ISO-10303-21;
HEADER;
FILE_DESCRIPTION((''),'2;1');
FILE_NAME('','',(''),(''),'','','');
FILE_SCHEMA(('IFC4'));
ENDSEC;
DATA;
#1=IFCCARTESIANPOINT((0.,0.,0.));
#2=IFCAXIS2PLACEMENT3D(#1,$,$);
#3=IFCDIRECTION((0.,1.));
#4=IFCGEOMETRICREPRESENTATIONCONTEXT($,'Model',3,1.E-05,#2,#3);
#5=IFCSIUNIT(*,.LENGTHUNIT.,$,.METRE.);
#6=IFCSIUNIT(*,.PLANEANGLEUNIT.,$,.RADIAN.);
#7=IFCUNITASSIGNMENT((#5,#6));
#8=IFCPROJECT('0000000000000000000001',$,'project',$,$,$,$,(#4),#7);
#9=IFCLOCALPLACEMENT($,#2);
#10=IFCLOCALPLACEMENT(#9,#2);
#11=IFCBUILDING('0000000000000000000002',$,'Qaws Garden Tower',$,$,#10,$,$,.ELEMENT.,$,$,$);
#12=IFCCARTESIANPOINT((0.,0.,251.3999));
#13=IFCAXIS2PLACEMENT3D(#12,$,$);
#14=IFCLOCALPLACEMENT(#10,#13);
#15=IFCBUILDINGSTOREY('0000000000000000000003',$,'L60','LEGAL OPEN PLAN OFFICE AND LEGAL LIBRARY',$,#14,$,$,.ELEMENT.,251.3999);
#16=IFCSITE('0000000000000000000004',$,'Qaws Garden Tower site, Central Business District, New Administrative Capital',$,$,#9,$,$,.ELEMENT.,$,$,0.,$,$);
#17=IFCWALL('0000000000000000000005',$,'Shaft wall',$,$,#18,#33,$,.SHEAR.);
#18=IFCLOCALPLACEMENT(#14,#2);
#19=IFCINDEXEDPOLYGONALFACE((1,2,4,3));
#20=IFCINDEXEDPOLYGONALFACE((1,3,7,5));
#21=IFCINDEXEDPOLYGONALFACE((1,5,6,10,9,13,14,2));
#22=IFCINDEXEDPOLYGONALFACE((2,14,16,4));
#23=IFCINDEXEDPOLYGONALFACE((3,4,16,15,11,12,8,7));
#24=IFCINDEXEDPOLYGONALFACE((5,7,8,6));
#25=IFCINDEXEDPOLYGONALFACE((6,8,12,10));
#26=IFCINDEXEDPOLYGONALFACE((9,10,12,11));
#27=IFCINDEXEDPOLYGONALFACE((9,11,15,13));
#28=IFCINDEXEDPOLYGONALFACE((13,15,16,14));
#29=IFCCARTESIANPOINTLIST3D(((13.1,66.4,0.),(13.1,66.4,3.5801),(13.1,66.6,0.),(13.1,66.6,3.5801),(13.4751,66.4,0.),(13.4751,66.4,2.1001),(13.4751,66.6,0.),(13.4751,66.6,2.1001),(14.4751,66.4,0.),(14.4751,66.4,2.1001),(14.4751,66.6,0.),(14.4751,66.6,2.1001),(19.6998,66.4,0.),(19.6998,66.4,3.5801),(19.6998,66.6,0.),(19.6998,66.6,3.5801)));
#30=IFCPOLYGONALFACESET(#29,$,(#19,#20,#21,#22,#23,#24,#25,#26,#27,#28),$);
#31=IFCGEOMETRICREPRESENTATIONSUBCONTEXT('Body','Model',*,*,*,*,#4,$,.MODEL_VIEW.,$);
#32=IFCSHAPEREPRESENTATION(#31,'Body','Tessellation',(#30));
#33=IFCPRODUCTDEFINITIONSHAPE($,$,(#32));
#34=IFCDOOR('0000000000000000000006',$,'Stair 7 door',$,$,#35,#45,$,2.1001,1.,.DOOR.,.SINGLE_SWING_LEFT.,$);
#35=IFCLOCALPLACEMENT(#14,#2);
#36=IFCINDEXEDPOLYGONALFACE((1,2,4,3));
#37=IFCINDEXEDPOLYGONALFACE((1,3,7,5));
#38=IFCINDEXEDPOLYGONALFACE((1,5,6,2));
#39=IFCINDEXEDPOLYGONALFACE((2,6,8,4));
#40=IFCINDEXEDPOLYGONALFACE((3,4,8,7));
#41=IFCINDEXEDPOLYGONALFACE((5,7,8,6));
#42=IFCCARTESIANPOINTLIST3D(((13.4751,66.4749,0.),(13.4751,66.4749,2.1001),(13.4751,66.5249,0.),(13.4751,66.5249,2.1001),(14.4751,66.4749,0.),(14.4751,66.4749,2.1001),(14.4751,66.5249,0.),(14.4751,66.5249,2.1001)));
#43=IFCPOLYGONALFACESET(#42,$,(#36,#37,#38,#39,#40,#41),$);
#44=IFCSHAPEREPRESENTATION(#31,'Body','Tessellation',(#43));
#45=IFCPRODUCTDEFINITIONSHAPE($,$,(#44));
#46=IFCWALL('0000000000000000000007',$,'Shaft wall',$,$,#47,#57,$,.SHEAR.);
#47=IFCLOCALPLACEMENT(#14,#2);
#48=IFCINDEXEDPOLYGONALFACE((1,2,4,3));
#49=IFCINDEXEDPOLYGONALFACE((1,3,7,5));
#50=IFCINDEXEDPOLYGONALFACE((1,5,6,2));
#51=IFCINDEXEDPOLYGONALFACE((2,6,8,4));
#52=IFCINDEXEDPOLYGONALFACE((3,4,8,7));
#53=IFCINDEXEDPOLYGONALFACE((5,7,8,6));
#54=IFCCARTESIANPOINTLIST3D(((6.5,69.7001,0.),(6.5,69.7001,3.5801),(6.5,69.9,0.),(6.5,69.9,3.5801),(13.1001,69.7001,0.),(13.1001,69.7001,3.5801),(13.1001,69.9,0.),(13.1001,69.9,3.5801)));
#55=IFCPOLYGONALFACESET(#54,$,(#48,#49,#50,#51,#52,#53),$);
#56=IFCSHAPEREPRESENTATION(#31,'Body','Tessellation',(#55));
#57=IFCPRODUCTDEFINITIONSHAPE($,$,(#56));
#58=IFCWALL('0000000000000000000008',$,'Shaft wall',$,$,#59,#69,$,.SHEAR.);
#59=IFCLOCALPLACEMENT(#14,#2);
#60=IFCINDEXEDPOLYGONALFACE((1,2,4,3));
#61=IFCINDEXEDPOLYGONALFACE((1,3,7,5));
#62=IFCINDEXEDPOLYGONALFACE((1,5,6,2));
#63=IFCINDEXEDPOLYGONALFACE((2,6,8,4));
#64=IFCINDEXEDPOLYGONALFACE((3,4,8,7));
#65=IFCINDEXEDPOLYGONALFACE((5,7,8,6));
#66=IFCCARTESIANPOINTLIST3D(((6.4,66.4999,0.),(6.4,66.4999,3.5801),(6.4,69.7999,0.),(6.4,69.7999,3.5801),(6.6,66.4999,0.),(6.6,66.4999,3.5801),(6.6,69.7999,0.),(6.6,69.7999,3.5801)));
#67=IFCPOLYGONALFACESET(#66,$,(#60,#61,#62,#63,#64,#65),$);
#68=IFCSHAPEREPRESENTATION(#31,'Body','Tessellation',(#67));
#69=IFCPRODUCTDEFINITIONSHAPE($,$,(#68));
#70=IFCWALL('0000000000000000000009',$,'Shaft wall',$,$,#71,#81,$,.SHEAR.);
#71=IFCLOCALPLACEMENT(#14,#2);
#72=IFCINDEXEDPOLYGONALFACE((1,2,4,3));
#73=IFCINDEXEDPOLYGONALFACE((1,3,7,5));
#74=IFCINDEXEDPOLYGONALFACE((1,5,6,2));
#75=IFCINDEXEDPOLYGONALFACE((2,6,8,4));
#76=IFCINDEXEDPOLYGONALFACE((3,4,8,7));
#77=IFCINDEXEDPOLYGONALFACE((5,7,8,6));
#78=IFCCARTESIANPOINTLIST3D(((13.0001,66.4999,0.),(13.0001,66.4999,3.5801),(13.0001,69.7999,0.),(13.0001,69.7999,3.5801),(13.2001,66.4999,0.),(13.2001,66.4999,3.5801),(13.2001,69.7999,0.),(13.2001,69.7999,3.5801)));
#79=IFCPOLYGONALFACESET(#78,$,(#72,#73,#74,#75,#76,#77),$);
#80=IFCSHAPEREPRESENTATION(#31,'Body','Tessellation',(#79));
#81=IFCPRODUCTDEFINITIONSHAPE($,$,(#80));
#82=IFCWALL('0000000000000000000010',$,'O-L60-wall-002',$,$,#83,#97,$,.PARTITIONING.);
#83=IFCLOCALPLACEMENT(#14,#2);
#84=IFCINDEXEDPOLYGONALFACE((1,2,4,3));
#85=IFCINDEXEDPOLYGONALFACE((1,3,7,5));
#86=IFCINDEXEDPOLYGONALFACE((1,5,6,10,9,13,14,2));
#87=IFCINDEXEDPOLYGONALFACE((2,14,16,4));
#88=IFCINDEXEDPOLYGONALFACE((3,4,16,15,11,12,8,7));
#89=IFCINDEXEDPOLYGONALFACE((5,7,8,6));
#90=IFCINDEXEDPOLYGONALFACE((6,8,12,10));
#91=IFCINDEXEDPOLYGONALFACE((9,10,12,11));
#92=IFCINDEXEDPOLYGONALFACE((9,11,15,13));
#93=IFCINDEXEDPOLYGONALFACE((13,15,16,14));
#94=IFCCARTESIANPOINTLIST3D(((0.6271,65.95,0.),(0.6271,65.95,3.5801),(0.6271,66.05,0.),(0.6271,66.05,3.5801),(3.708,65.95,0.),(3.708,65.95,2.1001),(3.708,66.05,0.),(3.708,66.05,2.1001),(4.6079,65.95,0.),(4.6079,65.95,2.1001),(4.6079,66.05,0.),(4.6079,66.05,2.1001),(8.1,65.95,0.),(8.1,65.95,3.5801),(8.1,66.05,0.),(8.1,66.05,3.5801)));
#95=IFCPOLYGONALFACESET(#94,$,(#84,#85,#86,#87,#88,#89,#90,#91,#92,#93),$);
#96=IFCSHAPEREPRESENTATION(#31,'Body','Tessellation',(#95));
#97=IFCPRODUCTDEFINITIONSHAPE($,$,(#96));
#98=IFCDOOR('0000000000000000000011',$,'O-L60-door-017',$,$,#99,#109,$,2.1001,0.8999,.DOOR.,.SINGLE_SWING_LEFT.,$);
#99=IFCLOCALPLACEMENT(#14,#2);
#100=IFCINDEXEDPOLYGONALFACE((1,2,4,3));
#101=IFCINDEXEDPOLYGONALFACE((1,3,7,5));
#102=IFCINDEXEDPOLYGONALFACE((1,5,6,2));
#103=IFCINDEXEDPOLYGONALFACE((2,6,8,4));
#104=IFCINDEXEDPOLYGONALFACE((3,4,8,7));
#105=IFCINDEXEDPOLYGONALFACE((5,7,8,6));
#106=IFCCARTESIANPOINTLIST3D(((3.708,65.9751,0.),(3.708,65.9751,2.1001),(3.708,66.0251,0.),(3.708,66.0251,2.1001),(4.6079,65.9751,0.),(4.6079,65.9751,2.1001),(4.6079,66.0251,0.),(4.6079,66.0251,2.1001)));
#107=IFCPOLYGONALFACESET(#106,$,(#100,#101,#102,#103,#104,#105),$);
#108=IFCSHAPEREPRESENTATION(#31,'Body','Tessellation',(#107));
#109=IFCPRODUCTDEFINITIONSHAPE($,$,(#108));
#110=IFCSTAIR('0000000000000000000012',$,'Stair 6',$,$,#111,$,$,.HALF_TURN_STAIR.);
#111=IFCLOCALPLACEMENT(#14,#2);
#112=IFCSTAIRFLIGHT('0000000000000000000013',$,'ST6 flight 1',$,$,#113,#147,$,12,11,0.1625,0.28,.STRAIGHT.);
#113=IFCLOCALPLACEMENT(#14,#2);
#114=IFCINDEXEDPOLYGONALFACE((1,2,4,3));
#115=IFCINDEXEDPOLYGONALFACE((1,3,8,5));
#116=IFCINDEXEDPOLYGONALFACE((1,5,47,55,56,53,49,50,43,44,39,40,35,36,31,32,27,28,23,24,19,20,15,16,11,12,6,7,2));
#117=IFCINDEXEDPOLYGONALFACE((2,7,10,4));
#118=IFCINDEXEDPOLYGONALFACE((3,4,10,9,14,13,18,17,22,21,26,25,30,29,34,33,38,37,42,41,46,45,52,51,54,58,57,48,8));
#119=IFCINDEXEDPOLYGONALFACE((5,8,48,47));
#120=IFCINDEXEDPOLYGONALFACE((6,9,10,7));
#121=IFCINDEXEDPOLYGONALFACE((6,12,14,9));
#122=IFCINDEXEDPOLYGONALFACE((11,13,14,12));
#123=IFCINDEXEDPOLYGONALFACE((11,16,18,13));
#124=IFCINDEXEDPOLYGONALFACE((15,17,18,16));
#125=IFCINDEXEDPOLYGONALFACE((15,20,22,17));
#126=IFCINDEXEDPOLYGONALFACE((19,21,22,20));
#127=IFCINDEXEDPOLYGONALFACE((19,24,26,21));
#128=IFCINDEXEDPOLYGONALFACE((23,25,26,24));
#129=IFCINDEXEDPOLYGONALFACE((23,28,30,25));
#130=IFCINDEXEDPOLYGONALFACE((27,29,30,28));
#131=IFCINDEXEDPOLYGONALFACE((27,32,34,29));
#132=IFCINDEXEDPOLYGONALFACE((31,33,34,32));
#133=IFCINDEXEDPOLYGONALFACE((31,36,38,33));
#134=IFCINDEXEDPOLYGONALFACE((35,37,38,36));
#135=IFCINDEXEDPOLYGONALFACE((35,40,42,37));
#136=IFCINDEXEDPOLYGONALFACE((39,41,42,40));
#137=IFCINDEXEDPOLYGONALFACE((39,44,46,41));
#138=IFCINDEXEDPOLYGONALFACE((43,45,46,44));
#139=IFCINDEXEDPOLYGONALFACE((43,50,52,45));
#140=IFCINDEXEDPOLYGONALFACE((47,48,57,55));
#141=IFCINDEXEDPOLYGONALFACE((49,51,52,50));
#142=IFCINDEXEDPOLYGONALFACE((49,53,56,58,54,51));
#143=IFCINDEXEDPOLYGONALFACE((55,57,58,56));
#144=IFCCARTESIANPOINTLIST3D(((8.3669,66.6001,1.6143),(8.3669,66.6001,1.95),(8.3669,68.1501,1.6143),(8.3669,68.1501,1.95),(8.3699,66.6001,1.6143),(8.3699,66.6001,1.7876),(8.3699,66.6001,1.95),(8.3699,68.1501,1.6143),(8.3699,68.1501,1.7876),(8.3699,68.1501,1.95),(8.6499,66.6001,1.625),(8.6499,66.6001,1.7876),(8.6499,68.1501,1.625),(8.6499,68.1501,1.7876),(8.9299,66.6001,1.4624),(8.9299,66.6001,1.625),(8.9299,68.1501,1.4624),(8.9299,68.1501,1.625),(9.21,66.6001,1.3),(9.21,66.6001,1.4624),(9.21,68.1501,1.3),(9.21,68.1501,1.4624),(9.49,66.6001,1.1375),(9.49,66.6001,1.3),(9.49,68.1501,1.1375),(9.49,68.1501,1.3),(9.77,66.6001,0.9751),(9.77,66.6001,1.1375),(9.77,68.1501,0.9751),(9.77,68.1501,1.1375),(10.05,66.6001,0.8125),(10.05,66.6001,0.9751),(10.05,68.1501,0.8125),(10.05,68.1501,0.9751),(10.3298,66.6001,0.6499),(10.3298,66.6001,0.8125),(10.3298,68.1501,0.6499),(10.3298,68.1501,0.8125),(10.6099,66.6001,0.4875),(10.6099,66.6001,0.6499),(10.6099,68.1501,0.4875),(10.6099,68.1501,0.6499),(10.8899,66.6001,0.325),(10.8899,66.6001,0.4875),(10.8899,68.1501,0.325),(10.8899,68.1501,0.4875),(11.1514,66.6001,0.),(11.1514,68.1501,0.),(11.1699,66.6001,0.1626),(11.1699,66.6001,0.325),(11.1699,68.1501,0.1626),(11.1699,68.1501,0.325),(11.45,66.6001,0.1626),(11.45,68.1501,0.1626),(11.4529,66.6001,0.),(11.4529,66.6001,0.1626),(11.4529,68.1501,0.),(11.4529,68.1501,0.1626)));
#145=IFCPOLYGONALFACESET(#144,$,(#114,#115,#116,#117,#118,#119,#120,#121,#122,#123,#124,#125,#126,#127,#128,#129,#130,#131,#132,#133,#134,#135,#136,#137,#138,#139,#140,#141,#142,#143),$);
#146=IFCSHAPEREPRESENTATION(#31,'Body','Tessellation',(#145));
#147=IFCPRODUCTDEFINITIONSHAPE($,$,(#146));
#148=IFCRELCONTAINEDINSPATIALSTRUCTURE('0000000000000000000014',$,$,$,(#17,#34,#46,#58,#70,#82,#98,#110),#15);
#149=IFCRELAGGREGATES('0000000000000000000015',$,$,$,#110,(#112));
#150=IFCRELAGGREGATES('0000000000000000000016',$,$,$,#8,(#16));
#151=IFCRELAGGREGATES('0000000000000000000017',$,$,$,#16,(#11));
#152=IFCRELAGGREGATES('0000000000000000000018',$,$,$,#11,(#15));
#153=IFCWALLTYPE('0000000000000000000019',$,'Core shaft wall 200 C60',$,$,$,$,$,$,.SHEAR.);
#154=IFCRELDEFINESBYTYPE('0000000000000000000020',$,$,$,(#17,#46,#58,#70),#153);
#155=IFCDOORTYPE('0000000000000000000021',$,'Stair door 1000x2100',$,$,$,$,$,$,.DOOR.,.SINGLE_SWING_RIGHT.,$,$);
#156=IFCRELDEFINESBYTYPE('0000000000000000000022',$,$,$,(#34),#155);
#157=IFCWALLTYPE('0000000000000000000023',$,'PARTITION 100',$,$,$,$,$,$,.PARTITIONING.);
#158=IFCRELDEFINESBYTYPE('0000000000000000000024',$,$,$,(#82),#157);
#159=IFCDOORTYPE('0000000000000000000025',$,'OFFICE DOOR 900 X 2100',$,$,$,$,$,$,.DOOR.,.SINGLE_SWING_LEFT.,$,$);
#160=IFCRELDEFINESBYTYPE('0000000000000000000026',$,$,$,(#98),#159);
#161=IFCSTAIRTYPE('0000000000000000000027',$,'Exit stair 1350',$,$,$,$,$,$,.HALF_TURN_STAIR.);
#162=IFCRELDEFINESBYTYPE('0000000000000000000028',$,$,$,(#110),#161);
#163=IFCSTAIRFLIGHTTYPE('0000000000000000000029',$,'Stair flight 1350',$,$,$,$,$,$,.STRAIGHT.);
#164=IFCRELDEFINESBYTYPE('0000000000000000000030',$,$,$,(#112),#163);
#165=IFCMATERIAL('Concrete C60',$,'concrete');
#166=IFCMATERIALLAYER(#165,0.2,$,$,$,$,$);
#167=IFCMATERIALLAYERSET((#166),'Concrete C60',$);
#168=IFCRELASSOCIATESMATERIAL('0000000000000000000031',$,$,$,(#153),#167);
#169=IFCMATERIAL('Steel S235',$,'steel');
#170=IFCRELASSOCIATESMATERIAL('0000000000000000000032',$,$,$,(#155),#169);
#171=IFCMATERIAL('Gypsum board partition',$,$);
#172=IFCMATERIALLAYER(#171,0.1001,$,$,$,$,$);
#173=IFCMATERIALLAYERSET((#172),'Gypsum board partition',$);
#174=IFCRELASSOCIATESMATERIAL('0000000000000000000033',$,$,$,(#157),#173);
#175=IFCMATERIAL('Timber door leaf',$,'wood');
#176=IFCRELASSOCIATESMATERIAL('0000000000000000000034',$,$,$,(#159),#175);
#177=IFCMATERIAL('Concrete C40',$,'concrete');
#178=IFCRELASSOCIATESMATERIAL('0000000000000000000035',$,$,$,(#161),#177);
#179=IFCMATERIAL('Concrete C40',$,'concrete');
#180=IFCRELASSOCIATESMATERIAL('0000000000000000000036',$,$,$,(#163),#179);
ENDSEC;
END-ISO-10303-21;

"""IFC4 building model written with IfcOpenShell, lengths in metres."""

from ifc_helpers import new_model, si_unit, direction, frame, frame_2d, origin, place, context, subcontext, project, spatial, polyline, rectangle, outline, extrude, material, layer, layer_set, type_object, element, fill, aggregate, save


model = new_model("IFC4")

# Units and contexts
model_context = context("Model", 3, precision=1e-05, world=origin(), true_north=direction((0.0, 1.0)))
body_context = subcontext(model_context, "Body", "Model", "MODEL_VIEW")
ifc_project = project(units=[si_unit("LENGTHUNIT", "METRE"), si_unit("PLANEANGLEUNIT", "RADIAN")], contexts=[model_context])

# Site, building, storey
site_placement = place(None, origin())
site = spatial("IfcSite", under=ifc_project, at=site_placement, Name="Qaws Garden Tower site, Central Business District, New Administrative Capital", CompositionType="ELEMENT", RefElevation=0.0)
building_placement = place(site_placement, origin())
building = spatial("IfcBuilding", under=site, at=building_placement, Name="Qaws Garden Tower", CompositionType="ELEMENT")
storey_placement = place(building_placement, frame((0.0, 0.0, 251.3999)))
storey = spatial("IfcBuildingStorey", under=building, at=storey_placement, Name="L60", Description="LEGAL OPEN PLAN OFFICE AND LEGAL LIBRARY", CompositionType="ELEMENT", Elevation=251.3999)

# Wall, opening, door
ifc_material_1 = material(Name="Concrete C60", Category="concrete")
ifc_layer_1 = layer(ifc_material_1, 0.2)
ifc_layer_set_1 = layer_set([ifc_layer_1], Name="Concrete C60")
wall_type_1 = type_object("IfcWallType", Name="Core shaft wall 200 C60", PredefinedType="SHEAR", material=ifc_layer_set_1)
ifc_material_2 = material(Name="Steel S235", Category="steel")
door_type_1 = type_object("IfcDoorType", Name="Stair door 1000x2100", OperationType="SINGLE_SWING_RIGHT", PredefinedType="DOOR", material=ifc_material_2)
wall_1_placement = place(storey_placement, frame((13.1001, 66.5, 0.0), z_axis=(0.0, 0.0, 1.0), x_axis=(1.0, 0.0, 0.0)))
wall_1 = element("IfcWall", 1, at=wall_1_placement, inside=storey, type_object=wall_type_1, Name="Shaft wall", PredefinedType="SHEAR", context=body_context, shape_type="SweptSolid", body=[
    extrude(rectangle(XDim=6.5999, YDim=0.2, at=frame_2d((3.2998, 0.0))), origin(), (0.0, 0.0, 1.0), 3.5801),
])
opening_1_placement = place(wall_1_placement, frame((0.375, 0.0, 0.0)))
opening_1 = element("IfcOpeningElement", 2, at=opening_1_placement, cuts=wall_1, PredefinedType="OPENING", context=body_context, shape_type="SweptSolid", body=[
    extrude(rectangle(XDim=1.0, YDim=2.1001, at=frame_2d((0.5, 1.05))), frame((0.0, 0.1099, 0.0), z_axis=(0.0, -1.0, 0.0), x_axis=(1.0, 0.0, 0.0)), (0.0, 0.0, 1.0), 0.22),
])
door_1_placement = place(opening_1_placement, origin())
door_1 = element("IfcDoor", 3, at=door_1_placement, inside=storey, type_object=door_type_1, Name="Stair 7 door", OperationType="SINGLE_SWING_LEFT", OverallHeight=2.1001, OverallWidth=1.0, PredefinedType="DOOR", context=body_context, shape_type="SweptSolid", body=[
    extrude(rectangle(XDim=1.0, YDim=2.1001, at=frame_2d((0.5, 1.05))), frame((0.0, 0.0249, 0.0), z_axis=(0.0, -1.0, 0.0), x_axis=(1.0, 0.0, 0.0)), (0.0, 0.0, 1.0), 0.05),
])
fill(opening_1, door_1)

# Walls
wall_2_placement = place(storey_placement, frame((6.5, 69.8, 0.0), z_axis=(0.0, 0.0, 1.0), x_axis=(1.0, 0.0, 0.0)))
element("IfcWall", 4, at=wall_2_placement, inside=storey, type_object=wall_type_1, Name="Shaft wall", PredefinedType="SHEAR", context=body_context, shape_type="SweptSolid", body=[
    extrude(rectangle(XDim=6.6001, YDim=0.2, at=frame_2d((3.3, 0.0))), origin(), (0.0, 0.0, 1.0), 3.5801),
])
for number, where, z_axis, x_axis, name in (
    (5, (6.5, 66.5, 0.0), (0.0, 0.0, 1.0), (0.0, 1.0, 0.0), "Shaft wall"),
    (6, (13.1001, 66.5, 0.0), (0.0, 0.0, 1.0), (0.0, 1.0, 0.0), "Shaft wall"),
):
    element("IfcWall", number, at=place(storey_placement, frame(where, z_axis=z_axis, x_axis=x_axis)), inside=storey, type_object=wall_type_1, Name=name, PredefinedType="SHEAR", context=body_context, shape_type="SweptSolid", body=[
        extrude(rectangle(XDim=3.3, YDim=0.2, at=frame_2d((1.6499, 0.0))), origin(), (0.0, 0.0, 1.0), 3.5801),
    ])

# Wall, opening, door
ifc_material_3 = material(Name="Gypsum board partition")
ifc_layer_2 = layer(ifc_material_3, 0.1001)
ifc_layer_set_2 = layer_set([ifc_layer_2], Name="Gypsum board partition")
wall_type_2 = type_object("IfcWallType", Name="PARTITION 100", PredefinedType="PARTITIONING", material=ifc_layer_set_2)
wall_3_placement = place(storey_placement, frame((0.6272, 66.0, 0.0), z_axis=(0.0, 0.0, 1.0), x_axis=(1.0, 0.0, 0.0)))
wall_3 = element("IfcWall", 7, at=wall_3_placement, inside=storey, type_object=wall_type_2, Name="O-L60-wall-002", PredefinedType="PARTITIONING", context=body_context, shape_type="SweptSolid", body=[
    extrude(rectangle(XDim=7.4729, YDim=0.1001, at=frame_2d((3.7363, 0.0))), origin(), (0.0, 0.0, 1.0), 3.5801),
])
opening_2_placement = place(wall_3_placement, frame((3.0808, 0.0, 0.0)))
opening_2 = element("IfcOpeningElement", 8, at=opening_2_placement, cuts=wall_3, PredefinedType="OPENING", context=body_context, shape_type="SweptSolid", body=[
    extrude(rectangle(XDim=0.8999, YDim=2.1001, at=frame_2d((0.45, 1.05))), frame((0.0, 0.0601, 0.0), z_axis=(0.0, -1.0, 0.0), x_axis=(1.0, 0.0, 0.0)), (0.0, 0.0, 1.0), 0.1201),
])
ifc_material_4 = material(Name="Timber door leaf", Category="wood")
door_type_2 = type_object("IfcDoorType", Name="OFFICE DOOR 900 X 2100", OperationType="SINGLE_SWING_LEFT", PredefinedType="DOOR", material=ifc_material_4)
door_2_placement = place(opening_2_placement, frame((0.8999, 0.0, 0.0), z_axis=(0.0, 0.0, 1.0), x_axis=(-1.0, 0.0, 0.0)))
door_2 = element("IfcDoor", 9, at=door_2_placement, inside=storey, type_object=door_type_2, Name="O-L60-door-017", OperationType="SINGLE_SWING_LEFT", OverallHeight=2.1001, OverallWidth=0.8999, PredefinedType="DOOR", context=body_context, shape_type="SweptSolid", body=[
    extrude(rectangle(XDim=0.8999, YDim=2.1001, at=frame_2d((0.45, 1.05))), frame((0.0, 0.0249, 0.0), z_axis=(0.0, -1.0, 0.0), x_axis=(1.0, 0.0, 0.0)), (0.0, 0.0, 1.0), 0.05),
])
fill(opening_2, door_2)

# Stair, stair flight
ifc_material_5 = material(Name="Concrete C40", Category="concrete")
stair_type = type_object("IfcStairType", Name="Exit stair 1350", PredefinedType="HALF_TURN_STAIR", material=ifc_material_5)
stair_placement = place(storey_placement, origin())
stair = element("IfcStair", 10, at=stair_placement, inside=storey, type_object=stair_type, Name="Stair 6", PredefinedType="HALF_TURN_STAIR")
ifc_material_6 = material(Name="Concrete C40", Category="concrete")
stair_flight_type = type_object("IfcStairFlightType", Name="Stair flight 1350", PredefinedType="STRAIGHT", material=ifc_material_6)
stair_flight_1_placement = place(storey_placement, frame((11.45, 67.375, 0.0), z_axis=(0.0, 0.0, 1.0), x_axis=(-1.0, 0.0, 0.0)))
stair_flight_1 = element("IfcStairFlight", 11, at=stair_flight_1_placement, type_object=stair_flight_type, Name="ST6 flight 1", NumberOfRisers=12, NumberOfTreads=11, PredefinedType="STRAIGHT", RiserHeight=0.1625, TreadLength=0.28, context=body_context, shape_type="SweptSolid", body=[
    extrude(outline(polyline([(-0.0029, 0.0), (-0.0029, 0.1626), (0.0, 0.1626), (0.28, 0.1626), (0.28, 0.325), (0.5601, 0.325), (0.5601, 0.4875), (0.8401, 0.4875), (0.8401, 0.6499), (1.1201, 0.6499), (1.1201, 0.8125), (1.3999, 0.8125), (1.3999, 0.9751), (1.6799, 0.9751), (1.6799, 1.1375), (1.96, 1.1375), (1.96, 1.3), (2.24, 1.3), (2.24, 1.4624), (2.52, 1.4624), (2.52, 1.625), (2.8, 1.625), (2.8, 1.7876), (3.0801, 1.7876), (3.0801, 1.95), (3.083, 1.95), (3.083, 1.6143), (3.0801, 1.6143), (0.2986, 0.0), (-0.0029, 0.0)])), frame((0.0, 0.7749, 0.0), z_axis=(0.0, -1.0, 0.0), x_axis=(1.0, 0.0, 0.0)), (0.0, 0.0, 1.0), 1.55),
])
aggregate(stair, [stair_flight_1])

save(model, "model.ifc")
